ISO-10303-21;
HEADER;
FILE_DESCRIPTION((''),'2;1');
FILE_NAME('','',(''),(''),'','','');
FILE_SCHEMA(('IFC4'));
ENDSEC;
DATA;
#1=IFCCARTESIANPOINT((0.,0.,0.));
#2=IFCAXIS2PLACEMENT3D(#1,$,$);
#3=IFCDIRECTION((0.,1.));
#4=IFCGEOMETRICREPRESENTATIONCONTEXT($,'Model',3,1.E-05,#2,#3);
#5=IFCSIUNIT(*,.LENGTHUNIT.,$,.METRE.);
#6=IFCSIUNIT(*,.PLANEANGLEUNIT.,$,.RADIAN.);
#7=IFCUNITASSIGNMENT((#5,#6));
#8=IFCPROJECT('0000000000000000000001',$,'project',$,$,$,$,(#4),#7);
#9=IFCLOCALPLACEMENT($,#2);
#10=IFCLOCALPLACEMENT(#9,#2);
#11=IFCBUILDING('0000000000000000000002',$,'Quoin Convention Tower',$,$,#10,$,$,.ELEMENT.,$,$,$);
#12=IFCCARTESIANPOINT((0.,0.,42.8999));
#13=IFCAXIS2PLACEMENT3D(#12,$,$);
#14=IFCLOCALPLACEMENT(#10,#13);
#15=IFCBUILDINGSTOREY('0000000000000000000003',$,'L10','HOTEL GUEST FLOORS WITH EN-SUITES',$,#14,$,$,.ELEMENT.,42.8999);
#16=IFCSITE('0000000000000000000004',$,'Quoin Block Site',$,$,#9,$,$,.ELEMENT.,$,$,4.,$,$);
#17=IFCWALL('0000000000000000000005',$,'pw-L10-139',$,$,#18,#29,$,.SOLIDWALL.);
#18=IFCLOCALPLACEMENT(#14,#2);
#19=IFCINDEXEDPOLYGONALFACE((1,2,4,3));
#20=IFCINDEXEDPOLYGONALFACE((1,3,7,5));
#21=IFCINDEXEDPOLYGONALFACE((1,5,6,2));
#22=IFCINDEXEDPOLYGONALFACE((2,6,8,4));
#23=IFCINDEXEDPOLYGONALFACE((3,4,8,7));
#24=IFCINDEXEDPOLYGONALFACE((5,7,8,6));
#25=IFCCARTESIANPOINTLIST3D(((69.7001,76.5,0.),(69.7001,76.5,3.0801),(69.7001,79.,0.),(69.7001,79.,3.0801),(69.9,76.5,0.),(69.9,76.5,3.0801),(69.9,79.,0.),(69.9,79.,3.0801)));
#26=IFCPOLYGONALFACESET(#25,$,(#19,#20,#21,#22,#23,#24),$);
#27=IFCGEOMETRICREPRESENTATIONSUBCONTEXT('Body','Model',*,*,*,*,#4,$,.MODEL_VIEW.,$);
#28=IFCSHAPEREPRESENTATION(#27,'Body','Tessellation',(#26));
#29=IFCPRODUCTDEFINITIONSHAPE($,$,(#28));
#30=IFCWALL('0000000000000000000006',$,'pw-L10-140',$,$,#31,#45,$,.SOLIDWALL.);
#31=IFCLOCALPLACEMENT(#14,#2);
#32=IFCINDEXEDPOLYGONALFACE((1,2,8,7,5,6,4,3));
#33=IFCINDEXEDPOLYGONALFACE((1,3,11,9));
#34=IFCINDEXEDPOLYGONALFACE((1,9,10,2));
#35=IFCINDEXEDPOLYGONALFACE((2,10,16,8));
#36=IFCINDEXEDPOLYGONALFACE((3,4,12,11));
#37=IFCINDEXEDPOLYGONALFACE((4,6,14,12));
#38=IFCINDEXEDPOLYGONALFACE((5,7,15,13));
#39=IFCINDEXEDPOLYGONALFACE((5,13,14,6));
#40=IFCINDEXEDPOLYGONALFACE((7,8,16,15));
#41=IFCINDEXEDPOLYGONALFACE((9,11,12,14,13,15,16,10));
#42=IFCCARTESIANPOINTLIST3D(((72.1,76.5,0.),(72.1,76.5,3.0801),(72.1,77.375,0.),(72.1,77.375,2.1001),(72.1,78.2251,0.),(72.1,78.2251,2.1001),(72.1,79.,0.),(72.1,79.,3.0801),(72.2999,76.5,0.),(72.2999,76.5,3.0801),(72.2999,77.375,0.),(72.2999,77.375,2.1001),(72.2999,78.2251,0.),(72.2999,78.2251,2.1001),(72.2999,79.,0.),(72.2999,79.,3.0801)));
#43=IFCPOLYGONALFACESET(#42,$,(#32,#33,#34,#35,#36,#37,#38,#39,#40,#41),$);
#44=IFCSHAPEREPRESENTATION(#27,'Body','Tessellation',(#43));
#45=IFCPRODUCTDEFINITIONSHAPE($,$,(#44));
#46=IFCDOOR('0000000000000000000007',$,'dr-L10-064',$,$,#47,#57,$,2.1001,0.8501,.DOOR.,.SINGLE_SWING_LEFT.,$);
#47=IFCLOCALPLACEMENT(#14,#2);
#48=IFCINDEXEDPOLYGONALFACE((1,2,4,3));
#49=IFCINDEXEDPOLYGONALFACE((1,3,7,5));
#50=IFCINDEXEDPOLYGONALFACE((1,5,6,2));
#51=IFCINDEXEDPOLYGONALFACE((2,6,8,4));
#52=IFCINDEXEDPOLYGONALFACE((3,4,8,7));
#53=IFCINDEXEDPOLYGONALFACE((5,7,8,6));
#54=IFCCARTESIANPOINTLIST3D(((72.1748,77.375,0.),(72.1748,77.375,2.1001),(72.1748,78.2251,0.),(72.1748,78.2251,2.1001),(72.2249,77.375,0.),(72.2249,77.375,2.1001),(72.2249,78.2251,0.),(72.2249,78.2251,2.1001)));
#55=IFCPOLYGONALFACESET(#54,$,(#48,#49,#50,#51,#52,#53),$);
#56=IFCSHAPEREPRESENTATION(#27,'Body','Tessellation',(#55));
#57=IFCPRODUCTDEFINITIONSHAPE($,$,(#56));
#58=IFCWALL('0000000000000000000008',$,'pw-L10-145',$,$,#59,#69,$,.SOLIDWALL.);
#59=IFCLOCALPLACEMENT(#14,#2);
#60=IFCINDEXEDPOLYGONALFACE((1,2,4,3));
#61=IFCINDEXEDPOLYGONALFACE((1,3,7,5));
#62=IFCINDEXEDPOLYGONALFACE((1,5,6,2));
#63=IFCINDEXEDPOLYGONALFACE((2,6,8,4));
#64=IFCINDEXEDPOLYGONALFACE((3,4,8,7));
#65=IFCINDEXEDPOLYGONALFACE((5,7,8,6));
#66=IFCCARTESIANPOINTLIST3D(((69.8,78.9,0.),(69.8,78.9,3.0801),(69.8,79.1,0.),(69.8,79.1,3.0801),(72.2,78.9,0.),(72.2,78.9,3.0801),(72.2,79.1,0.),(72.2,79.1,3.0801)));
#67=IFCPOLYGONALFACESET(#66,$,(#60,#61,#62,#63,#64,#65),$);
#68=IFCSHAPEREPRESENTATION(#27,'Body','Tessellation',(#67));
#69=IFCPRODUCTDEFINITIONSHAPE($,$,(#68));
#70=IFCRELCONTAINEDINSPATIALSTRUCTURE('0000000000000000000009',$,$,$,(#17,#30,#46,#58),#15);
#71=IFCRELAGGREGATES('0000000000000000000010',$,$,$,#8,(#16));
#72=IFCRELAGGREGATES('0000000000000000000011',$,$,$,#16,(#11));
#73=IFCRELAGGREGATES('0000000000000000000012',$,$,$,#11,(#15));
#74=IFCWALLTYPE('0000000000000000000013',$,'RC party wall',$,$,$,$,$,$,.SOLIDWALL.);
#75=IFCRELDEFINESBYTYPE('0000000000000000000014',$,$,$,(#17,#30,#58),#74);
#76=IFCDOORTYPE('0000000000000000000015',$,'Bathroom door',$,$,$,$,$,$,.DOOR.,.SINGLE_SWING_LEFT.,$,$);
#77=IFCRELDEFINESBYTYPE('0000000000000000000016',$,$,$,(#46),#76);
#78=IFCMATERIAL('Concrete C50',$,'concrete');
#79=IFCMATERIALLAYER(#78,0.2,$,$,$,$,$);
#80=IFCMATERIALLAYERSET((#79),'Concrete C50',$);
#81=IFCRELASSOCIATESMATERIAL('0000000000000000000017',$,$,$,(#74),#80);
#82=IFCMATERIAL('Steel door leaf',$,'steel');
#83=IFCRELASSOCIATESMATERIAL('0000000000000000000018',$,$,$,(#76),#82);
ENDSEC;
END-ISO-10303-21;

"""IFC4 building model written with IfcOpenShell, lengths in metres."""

from ifc_helpers import new_model, si_unit, direction, frame, frame_2d, origin, place, context, subcontext, project, spatial, rectangle, extrude, material, layer, layer_set, type_object, element, fill, save


model = new_model("IFC4")

# Units and contexts
model_context = context("Model", 3, precision=1e-05, world=origin(), true_north=direction((0.0, 1.0)))
body_context = subcontext(model_context, "Body", "Model", "MODEL_VIEW")
ifc_project = project(units=[si_unit("LENGTHUNIT", "METRE"), si_unit("PLANEANGLEUNIT", "RADIAN")], contexts=[model_context])

# Site, building, storey
site_placement = place(None, origin())
site = spatial("IfcSite", under=ifc_project, at=site_placement, Name="Quoin Block Site", CompositionType="ELEMENT", RefElevation=4.0)
building_placement = place(site_placement, origin())
building = spatial("IfcBuilding", under=site, at=building_placement, Name="Quoin Convention Tower", CompositionType="ELEMENT")
storey_placement = place(building_placement, frame((0.0, 0.0, 42.8999)))
storey = spatial("IfcBuildingStorey", under=building, at=storey_placement, Name="L10", Description="HOTEL GUEST FLOORS WITH EN-SUITES", CompositionType="ELEMENT", Elevation=42.8999)

# Shared definitions
ifc_material_1 = material(Name="Concrete C50", Category="concrete")
ifc_layer_1 = layer(ifc_material_1, 0.2)
ifc_layer_set_1 = layer_set([ifc_layer_1], Name="Concrete C50")
wall_type_1 = type_object("IfcWallType", Name="RC party wall", PredefinedType="SOLIDWALL", material=ifc_layer_set_1)
ifc_material_2 = material(Name="Steel door leaf", Category="steel")
door_type = type_object("IfcDoorType", Name="Bathroom door", OperationType="SINGLE_SWING_LEFT", PredefinedType="DOOR", material=ifc_material_2)

# Wall
wall_1_placement = place(storey_placement, frame((69.8, 76.5, 0.0), z_axis=(0.0, 0.0, 1.0), x_axis=(0.0, 1.0, 0.0)))
element("IfcWall", 1, at=wall_1_placement, inside=storey, type_object=wall_type_1, Name="pw-L10-139", PredefinedType="SOLIDWALL", context=body_context, shape_type="SweptSolid", body=[
    extrude(rectangle(XDim=2.5, YDim=0.2, at=frame_2d((1.25, 0.0))), origin(), (0.0, 0.0, 1.0), 3.0801),
])

# Wall, opening, door
wall_2_placement = place(storey_placement, frame((72.2, 76.5, 0.0), z_axis=(0.0, 0.0, 1.0), x_axis=(0.0, 1.0, 0.0)))
wall_2 = element("IfcWall", 2, at=wall_2_placement, inside=storey, type_object=wall_type_1, Name="pw-L10-140", PredefinedType="SOLIDWALL", context=body_context, shape_type="SweptSolid", body=[
    extrude(rectangle(XDim=2.5, YDim=0.2, at=frame_2d((1.25, 0.0))), origin(), (0.0, 0.0, 1.0), 3.0801),
])
opening_1_placement = place(wall_2_placement, frame((0.875, 0.0, 0.0)))
opening_1 = element("IfcOpeningElement", 3, at=opening_1_placement, cuts=wall_2, PredefinedType="OPENING", context=body_context, shape_type="SweptSolid", body=[
    extrude(rectangle(XDim=0.8501, YDim=2.1001, at=frame_2d((0.425, 1.05))), frame((0.0, 0.1099, 0.0), z_axis=(0.0, -1.0, 0.0), x_axis=(1.0, 0.0, 0.0)), (0.0, 0.0, 1.0), 0.22),
])
door_1_placement = place(opening_1_placement, frame((0.8501, 0.0, 0.0), z_axis=(0.0, 0.0, 1.0), x_axis=(-1.0, 0.0, 0.0)))
door_1 = element("IfcDoor", 4, at=door_1_placement, inside=storey, type_object=door_type, Name="dr-L10-064", OperationType="SINGLE_SWING_LEFT", OverallHeight=2.1001, OverallWidth=0.8501, PredefinedType="DOOR", context=body_context, shape_type="SweptSolid", body=[
    extrude(rectangle(XDim=0.8501, YDim=2.1001, at=frame_2d((0.425, 1.05))), frame((0.0, 0.0249, 0.0), z_axis=(0.0, -1.0, 0.0), x_axis=(1.0, 0.0, 0.0)), (0.0, 0.0, 1.0), 0.05),
])
fill(opening_1, door_1)

# Wall
wall_3_placement = place(storey_placement, frame((69.8, 79.0, 0.0), z_axis=(0.0, 0.0, 1.0), x_axis=(1.0, 0.0, 0.0)))
element("IfcWall", 5, at=wall_3_placement, inside=storey, type_object=wall_type_1, Name="pw-L10-145", PredefinedType="SOLIDWALL", context=body_context, shape_type="SweptSolid", body=[
    extrude(rectangle(XDim=2.3999, YDim=0.2, at=frame_2d((1.2, 0.0))), origin(), (0.0, 0.0, 1.0), 3.0801),
])

save(model, "model.ifc")
